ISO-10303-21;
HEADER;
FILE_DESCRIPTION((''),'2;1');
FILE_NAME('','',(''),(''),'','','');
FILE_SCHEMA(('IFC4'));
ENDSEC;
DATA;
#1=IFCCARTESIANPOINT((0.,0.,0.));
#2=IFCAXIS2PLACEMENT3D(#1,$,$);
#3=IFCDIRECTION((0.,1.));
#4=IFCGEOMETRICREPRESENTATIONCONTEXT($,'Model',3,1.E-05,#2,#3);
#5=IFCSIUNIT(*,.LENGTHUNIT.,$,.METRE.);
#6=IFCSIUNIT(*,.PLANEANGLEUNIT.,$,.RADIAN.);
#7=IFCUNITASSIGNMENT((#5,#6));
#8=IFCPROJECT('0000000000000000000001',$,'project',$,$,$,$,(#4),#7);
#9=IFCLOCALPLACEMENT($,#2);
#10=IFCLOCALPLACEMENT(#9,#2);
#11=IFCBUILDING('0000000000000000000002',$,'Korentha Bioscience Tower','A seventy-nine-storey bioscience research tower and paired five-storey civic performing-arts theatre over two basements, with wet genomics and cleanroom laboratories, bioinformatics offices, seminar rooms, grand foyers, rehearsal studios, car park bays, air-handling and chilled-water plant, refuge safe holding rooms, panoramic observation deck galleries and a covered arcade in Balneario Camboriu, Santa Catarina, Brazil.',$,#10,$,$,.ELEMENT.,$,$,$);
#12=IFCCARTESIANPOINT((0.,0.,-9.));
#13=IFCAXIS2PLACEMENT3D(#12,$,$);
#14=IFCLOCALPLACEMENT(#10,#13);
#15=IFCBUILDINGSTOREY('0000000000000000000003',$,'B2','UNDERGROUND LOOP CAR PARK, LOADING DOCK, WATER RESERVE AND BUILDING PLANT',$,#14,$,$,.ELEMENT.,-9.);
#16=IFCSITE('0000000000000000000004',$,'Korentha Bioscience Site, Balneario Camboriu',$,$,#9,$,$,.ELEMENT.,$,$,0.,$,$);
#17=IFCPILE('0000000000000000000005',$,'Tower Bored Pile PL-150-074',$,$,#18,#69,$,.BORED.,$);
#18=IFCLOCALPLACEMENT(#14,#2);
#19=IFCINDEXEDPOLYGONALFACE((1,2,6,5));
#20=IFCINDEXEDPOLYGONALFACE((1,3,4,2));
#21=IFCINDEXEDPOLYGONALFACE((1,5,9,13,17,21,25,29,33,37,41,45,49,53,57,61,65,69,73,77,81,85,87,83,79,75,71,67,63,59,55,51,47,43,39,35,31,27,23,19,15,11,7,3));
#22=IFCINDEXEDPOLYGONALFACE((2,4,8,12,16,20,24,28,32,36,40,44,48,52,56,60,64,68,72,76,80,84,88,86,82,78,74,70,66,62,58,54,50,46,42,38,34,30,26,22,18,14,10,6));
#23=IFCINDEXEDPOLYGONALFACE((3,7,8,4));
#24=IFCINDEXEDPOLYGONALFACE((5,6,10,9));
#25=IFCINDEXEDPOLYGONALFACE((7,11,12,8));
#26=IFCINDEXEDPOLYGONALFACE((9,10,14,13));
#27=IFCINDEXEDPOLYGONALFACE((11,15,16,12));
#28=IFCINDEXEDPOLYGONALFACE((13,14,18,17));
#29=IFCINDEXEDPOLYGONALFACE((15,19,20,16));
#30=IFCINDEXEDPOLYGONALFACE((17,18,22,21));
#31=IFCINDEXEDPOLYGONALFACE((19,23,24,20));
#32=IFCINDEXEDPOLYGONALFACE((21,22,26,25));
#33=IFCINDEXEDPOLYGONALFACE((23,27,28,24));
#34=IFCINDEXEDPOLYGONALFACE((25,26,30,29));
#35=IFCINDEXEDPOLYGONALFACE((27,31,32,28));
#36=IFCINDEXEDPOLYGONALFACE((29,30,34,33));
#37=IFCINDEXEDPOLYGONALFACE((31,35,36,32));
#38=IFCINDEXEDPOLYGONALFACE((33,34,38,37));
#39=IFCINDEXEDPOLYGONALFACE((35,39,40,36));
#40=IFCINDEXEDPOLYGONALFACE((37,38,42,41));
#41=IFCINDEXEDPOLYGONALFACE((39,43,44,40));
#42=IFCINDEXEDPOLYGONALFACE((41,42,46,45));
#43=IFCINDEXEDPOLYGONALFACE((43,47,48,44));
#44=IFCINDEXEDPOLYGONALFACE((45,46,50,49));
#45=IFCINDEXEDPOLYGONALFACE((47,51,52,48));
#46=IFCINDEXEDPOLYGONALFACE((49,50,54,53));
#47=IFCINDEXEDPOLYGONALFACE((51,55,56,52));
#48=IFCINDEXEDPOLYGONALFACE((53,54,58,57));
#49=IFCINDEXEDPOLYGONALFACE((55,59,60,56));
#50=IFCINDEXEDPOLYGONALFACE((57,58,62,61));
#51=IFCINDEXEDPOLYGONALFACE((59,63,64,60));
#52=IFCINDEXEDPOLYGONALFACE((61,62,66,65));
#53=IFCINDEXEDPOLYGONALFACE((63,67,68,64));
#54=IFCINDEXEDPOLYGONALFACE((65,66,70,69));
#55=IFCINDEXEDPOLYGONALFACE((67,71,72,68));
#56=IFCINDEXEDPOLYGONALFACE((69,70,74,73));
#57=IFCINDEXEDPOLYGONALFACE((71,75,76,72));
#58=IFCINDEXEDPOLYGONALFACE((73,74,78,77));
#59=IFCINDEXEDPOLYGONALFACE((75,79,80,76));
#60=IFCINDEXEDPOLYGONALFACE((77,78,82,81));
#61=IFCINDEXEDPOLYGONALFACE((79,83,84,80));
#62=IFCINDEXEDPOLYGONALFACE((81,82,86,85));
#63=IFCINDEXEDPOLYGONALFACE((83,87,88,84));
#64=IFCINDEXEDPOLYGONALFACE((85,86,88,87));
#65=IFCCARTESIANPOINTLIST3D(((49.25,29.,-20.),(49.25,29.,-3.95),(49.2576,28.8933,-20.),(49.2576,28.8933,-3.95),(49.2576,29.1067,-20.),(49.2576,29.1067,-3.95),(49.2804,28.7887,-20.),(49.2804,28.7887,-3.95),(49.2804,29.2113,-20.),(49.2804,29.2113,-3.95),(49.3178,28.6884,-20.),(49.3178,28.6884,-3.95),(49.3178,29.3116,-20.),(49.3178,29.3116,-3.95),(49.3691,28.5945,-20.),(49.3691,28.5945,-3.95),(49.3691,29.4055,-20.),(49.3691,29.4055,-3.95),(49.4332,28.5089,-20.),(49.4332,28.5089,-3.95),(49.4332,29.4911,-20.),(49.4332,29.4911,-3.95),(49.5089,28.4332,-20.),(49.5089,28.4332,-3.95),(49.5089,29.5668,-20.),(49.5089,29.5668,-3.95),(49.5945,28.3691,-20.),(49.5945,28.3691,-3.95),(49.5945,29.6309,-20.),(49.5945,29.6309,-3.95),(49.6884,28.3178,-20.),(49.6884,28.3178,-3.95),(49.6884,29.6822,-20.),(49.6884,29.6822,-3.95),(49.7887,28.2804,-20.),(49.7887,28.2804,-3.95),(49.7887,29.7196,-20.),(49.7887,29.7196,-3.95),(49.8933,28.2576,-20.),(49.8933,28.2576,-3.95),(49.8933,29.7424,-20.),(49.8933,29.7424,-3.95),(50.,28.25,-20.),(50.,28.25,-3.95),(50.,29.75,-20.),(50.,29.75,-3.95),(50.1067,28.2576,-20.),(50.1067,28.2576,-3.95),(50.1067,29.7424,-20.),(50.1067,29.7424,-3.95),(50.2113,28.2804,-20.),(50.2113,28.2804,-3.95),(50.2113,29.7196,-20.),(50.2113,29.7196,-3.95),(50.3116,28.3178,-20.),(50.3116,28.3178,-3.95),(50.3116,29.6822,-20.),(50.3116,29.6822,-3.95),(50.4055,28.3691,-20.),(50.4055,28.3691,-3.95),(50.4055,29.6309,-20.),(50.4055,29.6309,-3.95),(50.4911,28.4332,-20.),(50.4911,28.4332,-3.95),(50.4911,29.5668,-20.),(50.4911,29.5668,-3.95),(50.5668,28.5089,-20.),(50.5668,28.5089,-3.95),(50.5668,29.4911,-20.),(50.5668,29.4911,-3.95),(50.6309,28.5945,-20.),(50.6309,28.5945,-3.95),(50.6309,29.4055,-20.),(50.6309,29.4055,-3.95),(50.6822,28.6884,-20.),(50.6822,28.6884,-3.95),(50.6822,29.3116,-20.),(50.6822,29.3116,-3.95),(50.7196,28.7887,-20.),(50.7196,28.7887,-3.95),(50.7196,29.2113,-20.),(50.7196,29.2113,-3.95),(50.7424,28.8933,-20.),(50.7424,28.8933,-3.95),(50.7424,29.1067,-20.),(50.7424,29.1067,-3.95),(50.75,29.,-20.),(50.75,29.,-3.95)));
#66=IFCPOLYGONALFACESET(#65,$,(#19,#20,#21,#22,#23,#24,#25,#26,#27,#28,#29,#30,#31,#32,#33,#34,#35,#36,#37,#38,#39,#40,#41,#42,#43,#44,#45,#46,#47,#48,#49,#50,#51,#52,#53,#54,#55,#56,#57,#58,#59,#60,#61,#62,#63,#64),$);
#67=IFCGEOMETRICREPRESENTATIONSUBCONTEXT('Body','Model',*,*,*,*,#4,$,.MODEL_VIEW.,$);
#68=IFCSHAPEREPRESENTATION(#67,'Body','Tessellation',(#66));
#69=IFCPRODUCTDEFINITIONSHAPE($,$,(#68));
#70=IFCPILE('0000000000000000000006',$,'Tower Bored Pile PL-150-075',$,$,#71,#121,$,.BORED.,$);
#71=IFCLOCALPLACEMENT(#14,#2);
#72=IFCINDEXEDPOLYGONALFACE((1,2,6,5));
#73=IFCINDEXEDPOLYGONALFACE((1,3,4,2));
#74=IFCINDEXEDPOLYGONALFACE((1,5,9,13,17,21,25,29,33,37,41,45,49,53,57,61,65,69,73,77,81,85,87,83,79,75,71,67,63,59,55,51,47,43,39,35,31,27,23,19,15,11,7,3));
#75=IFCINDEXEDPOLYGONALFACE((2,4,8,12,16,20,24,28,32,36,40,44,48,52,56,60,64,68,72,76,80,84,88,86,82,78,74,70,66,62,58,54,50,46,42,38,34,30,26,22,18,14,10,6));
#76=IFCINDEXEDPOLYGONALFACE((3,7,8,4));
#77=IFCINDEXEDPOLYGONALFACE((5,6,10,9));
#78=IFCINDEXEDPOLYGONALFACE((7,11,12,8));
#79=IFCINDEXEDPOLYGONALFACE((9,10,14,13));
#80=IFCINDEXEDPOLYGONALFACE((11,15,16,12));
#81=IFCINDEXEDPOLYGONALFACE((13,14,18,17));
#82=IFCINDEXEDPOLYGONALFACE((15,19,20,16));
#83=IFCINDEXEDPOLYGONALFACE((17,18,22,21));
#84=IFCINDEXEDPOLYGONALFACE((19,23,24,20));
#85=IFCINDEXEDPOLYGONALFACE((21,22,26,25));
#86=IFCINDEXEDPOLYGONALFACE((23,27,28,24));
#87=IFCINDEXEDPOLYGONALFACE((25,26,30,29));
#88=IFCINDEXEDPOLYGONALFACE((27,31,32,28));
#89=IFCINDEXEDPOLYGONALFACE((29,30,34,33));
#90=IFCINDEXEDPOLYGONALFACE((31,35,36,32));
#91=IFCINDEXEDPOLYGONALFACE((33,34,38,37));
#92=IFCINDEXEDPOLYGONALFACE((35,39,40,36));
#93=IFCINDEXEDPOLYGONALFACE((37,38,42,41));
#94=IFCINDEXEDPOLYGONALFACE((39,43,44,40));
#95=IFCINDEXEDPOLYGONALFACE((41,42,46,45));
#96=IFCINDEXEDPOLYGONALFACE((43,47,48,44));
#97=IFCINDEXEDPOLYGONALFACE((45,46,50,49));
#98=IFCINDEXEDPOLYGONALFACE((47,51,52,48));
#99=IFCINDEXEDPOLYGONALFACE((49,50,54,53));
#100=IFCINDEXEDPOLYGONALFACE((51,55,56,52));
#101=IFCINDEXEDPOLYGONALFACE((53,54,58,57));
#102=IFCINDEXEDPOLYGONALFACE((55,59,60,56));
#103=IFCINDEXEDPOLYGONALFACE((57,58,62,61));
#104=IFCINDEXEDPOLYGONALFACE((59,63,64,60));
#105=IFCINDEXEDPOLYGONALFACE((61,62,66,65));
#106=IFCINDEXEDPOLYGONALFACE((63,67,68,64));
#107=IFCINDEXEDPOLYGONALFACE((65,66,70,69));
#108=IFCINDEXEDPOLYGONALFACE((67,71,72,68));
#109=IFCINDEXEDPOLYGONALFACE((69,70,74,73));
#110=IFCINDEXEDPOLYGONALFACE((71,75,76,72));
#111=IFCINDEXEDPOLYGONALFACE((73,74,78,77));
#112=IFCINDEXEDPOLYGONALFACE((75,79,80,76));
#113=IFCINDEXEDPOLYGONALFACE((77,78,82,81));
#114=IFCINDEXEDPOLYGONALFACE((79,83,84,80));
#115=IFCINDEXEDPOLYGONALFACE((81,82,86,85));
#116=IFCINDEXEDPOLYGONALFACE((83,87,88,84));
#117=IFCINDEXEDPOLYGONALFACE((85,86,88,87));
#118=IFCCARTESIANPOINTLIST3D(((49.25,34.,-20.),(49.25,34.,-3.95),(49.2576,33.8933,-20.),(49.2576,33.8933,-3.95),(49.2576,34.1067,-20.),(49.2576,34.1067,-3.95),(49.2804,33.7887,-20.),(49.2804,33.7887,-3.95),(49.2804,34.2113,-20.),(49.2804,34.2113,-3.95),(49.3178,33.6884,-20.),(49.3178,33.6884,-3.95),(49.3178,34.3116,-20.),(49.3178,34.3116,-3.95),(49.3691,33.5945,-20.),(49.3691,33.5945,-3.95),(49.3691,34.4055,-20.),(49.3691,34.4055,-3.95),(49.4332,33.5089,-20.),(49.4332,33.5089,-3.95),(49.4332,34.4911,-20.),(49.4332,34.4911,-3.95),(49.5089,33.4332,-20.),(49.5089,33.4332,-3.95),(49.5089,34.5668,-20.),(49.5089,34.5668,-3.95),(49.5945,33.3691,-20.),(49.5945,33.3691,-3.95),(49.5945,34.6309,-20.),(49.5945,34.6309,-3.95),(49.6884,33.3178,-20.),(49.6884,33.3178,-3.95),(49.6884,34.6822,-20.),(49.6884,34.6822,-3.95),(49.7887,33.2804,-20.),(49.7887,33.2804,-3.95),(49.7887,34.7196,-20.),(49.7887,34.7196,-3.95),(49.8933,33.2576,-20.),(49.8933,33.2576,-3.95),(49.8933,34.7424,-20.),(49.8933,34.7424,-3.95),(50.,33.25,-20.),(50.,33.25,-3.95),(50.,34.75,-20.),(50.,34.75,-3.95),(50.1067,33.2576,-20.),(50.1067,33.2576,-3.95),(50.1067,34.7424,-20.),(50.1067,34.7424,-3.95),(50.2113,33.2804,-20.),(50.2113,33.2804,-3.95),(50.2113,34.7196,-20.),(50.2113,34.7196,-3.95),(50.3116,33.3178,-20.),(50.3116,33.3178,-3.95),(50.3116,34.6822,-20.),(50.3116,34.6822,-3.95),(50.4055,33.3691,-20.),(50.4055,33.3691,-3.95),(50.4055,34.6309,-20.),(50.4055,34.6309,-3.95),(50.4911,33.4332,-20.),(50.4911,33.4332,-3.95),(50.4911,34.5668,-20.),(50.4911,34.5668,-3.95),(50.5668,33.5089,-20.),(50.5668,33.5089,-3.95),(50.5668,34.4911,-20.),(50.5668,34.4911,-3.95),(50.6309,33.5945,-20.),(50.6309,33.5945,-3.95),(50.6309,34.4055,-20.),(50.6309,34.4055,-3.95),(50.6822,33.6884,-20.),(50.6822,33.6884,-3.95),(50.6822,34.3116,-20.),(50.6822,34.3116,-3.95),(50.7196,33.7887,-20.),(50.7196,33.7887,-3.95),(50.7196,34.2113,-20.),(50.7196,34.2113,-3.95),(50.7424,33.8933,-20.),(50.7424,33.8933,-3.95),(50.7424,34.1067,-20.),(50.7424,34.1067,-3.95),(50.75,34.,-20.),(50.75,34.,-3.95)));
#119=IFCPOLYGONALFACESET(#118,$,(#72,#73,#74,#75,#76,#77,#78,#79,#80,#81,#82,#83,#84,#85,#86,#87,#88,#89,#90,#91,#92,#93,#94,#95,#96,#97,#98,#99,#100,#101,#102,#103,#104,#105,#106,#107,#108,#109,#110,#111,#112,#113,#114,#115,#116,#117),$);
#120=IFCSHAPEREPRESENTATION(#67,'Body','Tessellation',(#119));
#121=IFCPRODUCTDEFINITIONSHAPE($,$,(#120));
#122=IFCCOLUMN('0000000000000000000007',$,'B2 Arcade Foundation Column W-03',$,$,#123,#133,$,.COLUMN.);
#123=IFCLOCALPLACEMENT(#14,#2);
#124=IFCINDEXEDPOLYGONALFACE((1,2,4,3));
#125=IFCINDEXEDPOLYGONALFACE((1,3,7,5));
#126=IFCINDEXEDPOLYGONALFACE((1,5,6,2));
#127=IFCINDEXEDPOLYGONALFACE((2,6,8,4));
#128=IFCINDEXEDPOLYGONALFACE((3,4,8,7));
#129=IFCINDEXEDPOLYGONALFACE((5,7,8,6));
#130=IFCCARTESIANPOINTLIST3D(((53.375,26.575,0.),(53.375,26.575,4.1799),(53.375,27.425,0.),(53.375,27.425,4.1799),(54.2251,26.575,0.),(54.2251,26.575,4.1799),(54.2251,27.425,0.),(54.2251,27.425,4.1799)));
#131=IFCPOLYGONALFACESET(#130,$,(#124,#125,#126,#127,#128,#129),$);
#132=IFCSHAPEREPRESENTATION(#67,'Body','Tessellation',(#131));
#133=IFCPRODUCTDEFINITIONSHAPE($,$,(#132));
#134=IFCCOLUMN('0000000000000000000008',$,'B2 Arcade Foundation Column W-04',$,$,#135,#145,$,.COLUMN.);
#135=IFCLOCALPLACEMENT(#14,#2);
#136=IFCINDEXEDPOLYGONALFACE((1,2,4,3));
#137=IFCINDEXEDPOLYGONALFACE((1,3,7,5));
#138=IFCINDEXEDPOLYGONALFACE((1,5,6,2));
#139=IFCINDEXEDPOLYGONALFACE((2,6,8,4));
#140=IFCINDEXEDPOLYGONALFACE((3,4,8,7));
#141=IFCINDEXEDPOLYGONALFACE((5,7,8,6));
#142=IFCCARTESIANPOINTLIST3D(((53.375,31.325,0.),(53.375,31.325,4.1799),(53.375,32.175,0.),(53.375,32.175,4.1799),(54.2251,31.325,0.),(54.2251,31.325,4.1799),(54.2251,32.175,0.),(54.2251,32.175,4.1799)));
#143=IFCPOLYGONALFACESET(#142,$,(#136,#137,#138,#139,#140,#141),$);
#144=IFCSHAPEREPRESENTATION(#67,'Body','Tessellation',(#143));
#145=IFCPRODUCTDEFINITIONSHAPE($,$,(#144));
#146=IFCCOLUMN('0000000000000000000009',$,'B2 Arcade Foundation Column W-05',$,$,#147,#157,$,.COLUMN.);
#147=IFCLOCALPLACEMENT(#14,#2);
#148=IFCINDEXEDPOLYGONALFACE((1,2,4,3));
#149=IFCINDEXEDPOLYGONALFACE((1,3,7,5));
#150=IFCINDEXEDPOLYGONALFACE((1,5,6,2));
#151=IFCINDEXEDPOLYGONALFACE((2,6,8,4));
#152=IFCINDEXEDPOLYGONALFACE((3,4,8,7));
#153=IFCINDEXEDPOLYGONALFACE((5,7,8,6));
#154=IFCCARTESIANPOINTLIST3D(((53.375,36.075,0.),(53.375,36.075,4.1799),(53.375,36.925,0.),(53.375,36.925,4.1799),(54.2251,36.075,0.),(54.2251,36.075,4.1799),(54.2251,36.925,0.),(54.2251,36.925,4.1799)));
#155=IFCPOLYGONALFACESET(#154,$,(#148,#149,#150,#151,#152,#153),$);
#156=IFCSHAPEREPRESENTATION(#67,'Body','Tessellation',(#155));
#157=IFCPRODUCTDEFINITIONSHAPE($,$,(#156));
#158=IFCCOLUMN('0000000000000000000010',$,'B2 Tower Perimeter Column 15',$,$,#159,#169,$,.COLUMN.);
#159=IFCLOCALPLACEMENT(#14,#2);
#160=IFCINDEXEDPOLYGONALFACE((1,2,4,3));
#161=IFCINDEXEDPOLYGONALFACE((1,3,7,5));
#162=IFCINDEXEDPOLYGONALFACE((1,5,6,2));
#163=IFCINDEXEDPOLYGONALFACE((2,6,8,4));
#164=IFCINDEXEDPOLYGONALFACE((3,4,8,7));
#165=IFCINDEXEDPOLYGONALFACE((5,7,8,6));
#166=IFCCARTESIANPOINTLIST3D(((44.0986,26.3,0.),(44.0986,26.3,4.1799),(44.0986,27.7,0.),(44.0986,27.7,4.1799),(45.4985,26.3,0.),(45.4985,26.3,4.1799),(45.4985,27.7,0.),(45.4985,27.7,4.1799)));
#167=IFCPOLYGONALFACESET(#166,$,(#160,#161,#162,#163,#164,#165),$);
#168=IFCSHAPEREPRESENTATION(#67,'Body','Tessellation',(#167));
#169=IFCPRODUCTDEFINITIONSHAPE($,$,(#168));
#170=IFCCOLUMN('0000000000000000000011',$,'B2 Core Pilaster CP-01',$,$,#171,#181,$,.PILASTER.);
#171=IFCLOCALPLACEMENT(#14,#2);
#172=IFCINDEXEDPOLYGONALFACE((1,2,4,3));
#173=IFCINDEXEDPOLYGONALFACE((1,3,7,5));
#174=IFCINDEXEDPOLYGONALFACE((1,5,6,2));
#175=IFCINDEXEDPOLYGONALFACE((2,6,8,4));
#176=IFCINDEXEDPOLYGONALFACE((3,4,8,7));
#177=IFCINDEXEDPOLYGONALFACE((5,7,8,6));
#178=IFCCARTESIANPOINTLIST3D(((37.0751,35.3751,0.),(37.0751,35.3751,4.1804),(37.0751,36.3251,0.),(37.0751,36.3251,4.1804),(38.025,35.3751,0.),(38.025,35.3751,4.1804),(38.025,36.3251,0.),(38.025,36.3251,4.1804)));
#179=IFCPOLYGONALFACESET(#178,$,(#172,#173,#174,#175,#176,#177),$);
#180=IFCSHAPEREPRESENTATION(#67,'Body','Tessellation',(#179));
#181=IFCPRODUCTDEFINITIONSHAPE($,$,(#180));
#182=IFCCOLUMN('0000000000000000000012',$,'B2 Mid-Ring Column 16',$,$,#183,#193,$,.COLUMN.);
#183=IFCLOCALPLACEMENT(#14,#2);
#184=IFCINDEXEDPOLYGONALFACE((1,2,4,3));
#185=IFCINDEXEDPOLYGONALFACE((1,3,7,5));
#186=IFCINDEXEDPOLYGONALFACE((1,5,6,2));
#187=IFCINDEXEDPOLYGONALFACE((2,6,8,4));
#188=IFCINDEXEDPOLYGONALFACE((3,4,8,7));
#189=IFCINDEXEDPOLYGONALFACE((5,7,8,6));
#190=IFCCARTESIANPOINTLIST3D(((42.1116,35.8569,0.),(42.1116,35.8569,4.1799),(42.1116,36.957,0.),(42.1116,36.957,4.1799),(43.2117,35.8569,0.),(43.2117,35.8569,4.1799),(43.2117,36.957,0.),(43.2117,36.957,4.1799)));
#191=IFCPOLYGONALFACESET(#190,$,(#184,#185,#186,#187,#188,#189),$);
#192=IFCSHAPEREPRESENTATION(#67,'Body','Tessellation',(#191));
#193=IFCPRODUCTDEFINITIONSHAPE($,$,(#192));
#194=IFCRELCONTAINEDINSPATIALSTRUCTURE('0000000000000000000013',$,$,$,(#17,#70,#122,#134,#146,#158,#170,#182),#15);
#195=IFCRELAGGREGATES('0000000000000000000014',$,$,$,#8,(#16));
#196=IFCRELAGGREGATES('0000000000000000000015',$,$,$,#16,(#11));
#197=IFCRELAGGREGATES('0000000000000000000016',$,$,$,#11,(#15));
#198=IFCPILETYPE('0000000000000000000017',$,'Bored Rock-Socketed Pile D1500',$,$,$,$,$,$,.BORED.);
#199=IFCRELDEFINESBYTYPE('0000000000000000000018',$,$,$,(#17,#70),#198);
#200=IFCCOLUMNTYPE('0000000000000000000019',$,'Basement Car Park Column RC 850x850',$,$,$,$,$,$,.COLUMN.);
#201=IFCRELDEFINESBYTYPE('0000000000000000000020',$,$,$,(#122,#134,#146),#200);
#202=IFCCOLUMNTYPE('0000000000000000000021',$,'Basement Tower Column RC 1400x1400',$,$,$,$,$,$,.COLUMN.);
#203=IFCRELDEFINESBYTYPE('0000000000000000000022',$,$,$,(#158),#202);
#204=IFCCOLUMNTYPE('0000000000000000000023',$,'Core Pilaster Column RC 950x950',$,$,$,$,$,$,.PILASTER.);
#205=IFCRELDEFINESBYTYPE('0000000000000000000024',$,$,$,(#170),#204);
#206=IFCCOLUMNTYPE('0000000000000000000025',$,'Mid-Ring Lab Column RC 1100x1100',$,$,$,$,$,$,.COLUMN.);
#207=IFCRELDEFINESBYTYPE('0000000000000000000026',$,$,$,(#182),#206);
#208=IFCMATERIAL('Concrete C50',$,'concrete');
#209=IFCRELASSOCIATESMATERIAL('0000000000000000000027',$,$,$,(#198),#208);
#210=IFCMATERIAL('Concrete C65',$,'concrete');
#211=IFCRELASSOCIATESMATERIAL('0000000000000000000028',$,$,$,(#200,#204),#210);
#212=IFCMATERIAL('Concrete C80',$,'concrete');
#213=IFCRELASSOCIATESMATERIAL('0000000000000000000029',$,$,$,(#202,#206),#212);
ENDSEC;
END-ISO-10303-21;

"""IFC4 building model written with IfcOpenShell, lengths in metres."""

from ifc_helpers import new_model, si_unit, direction, frame, origin, origin_2d, place, context, subcontext, project, spatial, rectangle, circle, extrude, material, material_profile, profile_set, type_object, element, save


model = new_model("IFC4")

# Units and contexts
model_context = context("Model", 3, precision=1e-05, world=origin(), true_north=direction((0.0, 1.0)))
body_context = subcontext(model_context, "Body", "Model", "MODEL_VIEW")
ifc_project = project(units=[si_unit("LENGTHUNIT", "METRE"), si_unit("PLANEANGLEUNIT", "RADIAN")], contexts=[model_context])

# Site, building, storey
site_placement = place(None, origin())
site = spatial("IfcSite", under=ifc_project, at=site_placement, Name="Korentha Bioscience Site, Balneario Camboriu", CompositionType="ELEMENT", RefElevation=0.0)
building_placement = place(site_placement, origin())
building = spatial("IfcBuilding", under=site, at=building_placement, Name="Korentha Bioscience Tower", Description="A seventy-nine-storey bioscience research tower and paired five-storey civic performing-arts theatre over two basements, with wet genomics and cleanroom laboratories, bioinformatics offices, seminar rooms, grand foyers, rehearsal studios, car park bays, air-handling and chilled-water plant, refuge safe holding rooms, panoramic observation deck galleries and a covered arcade in Balneario Camboriu, Santa Catarina, Brazil.", CompositionType="ELEMENT")
storey_placement = place(building_placement, frame((0.0, 0.0, -9.0)))
storey = spatial("IfcBuildingStorey", under=building, at=storey_placement, Name="B2", Description="UNDERGROUND LOOP CAR PARK, LOADING DOCK, WATER RESERVE AND BUILDING PLANT", CompositionType="ELEMENT", Elevation=-9.0)

# Piles
ifc_material_1 = material(Name="Concrete C50", Category="concrete")
ifc_material_profile_1 = material_profile(ifc_material_1, circle(Radius=0.75, at=origin_2d()), Name="Concrete C50")
ifc_profile_set_1 = profile_set([ifc_material_profile_1], Name="Concrete C50 (PL-150)")
pile_type = type_object("IfcPileType", Name="Bored Rock-Socketed Pile D1500", PredefinedType="BORED", material=ifc_profile_set_1)
for number, where, z_axis, x_axis, name in (
    (1, (50.0, 29.0, -3.95), (0.0, 0.0, -1.0), (1.0, 0.0, 0.0), "Tower Bored Pile PL-150-074"),
    (2, (50.0, 34.0, -3.95), (0.0, 0.0, -1.0), (1.0, 0.0, 0.0), "Tower Bored Pile PL-150-075"),
):
    element("IfcPile", number, at=place(storey_placement, frame(where, z_axis=z_axis, x_axis=x_axis)), inside=storey, type_object=pile_type, Name=name, PredefinedType="BORED", context=body_context, shape_type="SweptSolid", body=[
        extrude(circle(Radius=0.75, at=origin_2d()), origin(), (0.0, 0.0, 1.0), 16.05),
    ])

# Columns
ifc_material_2 = material(Name="Concrete C65", Category="concrete")
ifc_material_profile_2 = material_profile(ifc_material_2, rectangle(XDim=0.8501, YDim=0.8501, at=origin_2d()), Name="Concrete C65")
ifc_profile_set_2 = profile_set([ifc_material_profile_2], Name="Concrete C65 (BC-01)")
column_type_1 = type_object("IfcColumnType", Name="Basement Car Park Column RC 850x850", PredefinedType="COLUMN", material=ifc_profile_set_2)
for number, where, z_axis, x_axis, name in (
    (3, (53.8, 27.0, 0.0), (0.0, 0.0, 1.0), (1.0, 0.0, 0.0), "B2 Arcade Foundation Column W-03"),
    (4, (53.8, 31.75, 0.0), (0.0, 0.0, 1.0), (1.0, 0.0, 0.0), "B2 Arcade Foundation Column W-04"),
    (5, (53.8, 36.5, 0.0), (0.0, 0.0, 1.0), (1.0, 0.0, 0.0), "B2 Arcade Foundation Column W-05"),
):
    element("IfcColumn", number, at=place(storey_placement, frame(where, z_axis=z_axis, x_axis=x_axis)), inside=storey, type_object=column_type_1, Name=name, PredefinedType="COLUMN", context=body_context, shape_type="SweptSolid", body=[
        extrude(rectangle(XDim=0.8501, YDim=0.8501, at=origin_2d()), origin(), (0.0, 0.0, 1.0), 4.1799),
    ])
ifc_material_3 = material(Name="Concrete C80", Category="concrete")
ifc_material_profile_3 = material_profile(ifc_material_3, rectangle(XDim=1.3999, YDim=1.3999, at=origin_2d()), Name="Concrete C80")
ifc_profile_set_3 = profile_set([ifc_material_profile_3], Name="Concrete C80 (COL-B14)")
column_type_2 = type_object("IfcColumnType", Name="Basement Tower Column RC 1400x1400", PredefinedType="COLUMN", material=ifc_profile_set_3)
column_1_placement = place(storey_placement, frame((44.7986, 27.0, 0.0), z_axis=(0.0, 0.0, 1.0), x_axis=(0.0, 1.0, 0.0)))
element("IfcColumn", 6, at=column_1_placement, inside=storey, type_object=column_type_2, Name="B2 Tower Perimeter Column 15", PredefinedType="COLUMN", context=body_context, shape_type="SweptSolid", body=[
    extrude(rectangle(XDim=1.3999, YDim=1.3999, at=origin_2d()), origin(), (0.0, 0.0, 1.0), 4.1799),
])
ifc_material_profile_4 = material_profile(ifc_material_2, rectangle(XDim=0.95, YDim=0.95, at=origin_2d()), Name="Concrete C65")
ifc_profile_set_4 = profile_set([ifc_material_profile_4], Name="Concrete C65 (COL-CP09)")
column_type_3 = type_object("IfcColumnType", Name="Core Pilaster Column RC 950x950", PredefinedType="PILASTER", material=ifc_profile_set_4)
column_2_placement = place(storey_placement, frame((37.55, 35.8501, 0.0), z_axis=(0.0, 0.0, 1.0), x_axis=(1.0, 0.0, 0.0)))
element("IfcColumn", 7, at=column_2_placement, inside=storey, type_object=column_type_3, Name="B2 Core Pilaster CP-01", PredefinedType="PILASTER", context=body_context, shape_type="SweptSolid", body=[
    extrude(rectangle(XDim=0.95, YDim=0.95, at=origin_2d()), origin(), (0.0, 0.0, 1.0), 4.1804),
])
ifc_material_profile_5 = material_profile(ifc_material_3, rectangle(XDim=1.1001, YDim=1.1001, at=origin_2d()), Name="Concrete C80")
ifc_profile_set_5 = profile_set([ifc_material_profile_5], Name="Concrete C80 (COL-MR11)")
column_type_4 = type_object("IfcColumnType", Name="Mid-Ring Lab Column RC 1100x1100", PredefinedType="COLUMN", material=ifc_profile_set_5)
column_3_placement = place(storey_placement, frame((42.6616, 36.407, 0.0), z_axis=(0.0, 0.0, 1.0), x_axis=(1.0, 0.0, 0.0)))
element("IfcColumn", 8, at=column_3_placement, inside=storey, type_object=column_type_4, Name="B2 Mid-Ring Column 16", PredefinedType="COLUMN", context=body_context, shape_type="SweptSolid", body=[
    extrude(rectangle(XDim=1.1001, YDim=1.1001, at=origin_2d()), origin(), (0.0, 0.0, 1.0), 4.1799),
])

save(model, "model.ifc")
